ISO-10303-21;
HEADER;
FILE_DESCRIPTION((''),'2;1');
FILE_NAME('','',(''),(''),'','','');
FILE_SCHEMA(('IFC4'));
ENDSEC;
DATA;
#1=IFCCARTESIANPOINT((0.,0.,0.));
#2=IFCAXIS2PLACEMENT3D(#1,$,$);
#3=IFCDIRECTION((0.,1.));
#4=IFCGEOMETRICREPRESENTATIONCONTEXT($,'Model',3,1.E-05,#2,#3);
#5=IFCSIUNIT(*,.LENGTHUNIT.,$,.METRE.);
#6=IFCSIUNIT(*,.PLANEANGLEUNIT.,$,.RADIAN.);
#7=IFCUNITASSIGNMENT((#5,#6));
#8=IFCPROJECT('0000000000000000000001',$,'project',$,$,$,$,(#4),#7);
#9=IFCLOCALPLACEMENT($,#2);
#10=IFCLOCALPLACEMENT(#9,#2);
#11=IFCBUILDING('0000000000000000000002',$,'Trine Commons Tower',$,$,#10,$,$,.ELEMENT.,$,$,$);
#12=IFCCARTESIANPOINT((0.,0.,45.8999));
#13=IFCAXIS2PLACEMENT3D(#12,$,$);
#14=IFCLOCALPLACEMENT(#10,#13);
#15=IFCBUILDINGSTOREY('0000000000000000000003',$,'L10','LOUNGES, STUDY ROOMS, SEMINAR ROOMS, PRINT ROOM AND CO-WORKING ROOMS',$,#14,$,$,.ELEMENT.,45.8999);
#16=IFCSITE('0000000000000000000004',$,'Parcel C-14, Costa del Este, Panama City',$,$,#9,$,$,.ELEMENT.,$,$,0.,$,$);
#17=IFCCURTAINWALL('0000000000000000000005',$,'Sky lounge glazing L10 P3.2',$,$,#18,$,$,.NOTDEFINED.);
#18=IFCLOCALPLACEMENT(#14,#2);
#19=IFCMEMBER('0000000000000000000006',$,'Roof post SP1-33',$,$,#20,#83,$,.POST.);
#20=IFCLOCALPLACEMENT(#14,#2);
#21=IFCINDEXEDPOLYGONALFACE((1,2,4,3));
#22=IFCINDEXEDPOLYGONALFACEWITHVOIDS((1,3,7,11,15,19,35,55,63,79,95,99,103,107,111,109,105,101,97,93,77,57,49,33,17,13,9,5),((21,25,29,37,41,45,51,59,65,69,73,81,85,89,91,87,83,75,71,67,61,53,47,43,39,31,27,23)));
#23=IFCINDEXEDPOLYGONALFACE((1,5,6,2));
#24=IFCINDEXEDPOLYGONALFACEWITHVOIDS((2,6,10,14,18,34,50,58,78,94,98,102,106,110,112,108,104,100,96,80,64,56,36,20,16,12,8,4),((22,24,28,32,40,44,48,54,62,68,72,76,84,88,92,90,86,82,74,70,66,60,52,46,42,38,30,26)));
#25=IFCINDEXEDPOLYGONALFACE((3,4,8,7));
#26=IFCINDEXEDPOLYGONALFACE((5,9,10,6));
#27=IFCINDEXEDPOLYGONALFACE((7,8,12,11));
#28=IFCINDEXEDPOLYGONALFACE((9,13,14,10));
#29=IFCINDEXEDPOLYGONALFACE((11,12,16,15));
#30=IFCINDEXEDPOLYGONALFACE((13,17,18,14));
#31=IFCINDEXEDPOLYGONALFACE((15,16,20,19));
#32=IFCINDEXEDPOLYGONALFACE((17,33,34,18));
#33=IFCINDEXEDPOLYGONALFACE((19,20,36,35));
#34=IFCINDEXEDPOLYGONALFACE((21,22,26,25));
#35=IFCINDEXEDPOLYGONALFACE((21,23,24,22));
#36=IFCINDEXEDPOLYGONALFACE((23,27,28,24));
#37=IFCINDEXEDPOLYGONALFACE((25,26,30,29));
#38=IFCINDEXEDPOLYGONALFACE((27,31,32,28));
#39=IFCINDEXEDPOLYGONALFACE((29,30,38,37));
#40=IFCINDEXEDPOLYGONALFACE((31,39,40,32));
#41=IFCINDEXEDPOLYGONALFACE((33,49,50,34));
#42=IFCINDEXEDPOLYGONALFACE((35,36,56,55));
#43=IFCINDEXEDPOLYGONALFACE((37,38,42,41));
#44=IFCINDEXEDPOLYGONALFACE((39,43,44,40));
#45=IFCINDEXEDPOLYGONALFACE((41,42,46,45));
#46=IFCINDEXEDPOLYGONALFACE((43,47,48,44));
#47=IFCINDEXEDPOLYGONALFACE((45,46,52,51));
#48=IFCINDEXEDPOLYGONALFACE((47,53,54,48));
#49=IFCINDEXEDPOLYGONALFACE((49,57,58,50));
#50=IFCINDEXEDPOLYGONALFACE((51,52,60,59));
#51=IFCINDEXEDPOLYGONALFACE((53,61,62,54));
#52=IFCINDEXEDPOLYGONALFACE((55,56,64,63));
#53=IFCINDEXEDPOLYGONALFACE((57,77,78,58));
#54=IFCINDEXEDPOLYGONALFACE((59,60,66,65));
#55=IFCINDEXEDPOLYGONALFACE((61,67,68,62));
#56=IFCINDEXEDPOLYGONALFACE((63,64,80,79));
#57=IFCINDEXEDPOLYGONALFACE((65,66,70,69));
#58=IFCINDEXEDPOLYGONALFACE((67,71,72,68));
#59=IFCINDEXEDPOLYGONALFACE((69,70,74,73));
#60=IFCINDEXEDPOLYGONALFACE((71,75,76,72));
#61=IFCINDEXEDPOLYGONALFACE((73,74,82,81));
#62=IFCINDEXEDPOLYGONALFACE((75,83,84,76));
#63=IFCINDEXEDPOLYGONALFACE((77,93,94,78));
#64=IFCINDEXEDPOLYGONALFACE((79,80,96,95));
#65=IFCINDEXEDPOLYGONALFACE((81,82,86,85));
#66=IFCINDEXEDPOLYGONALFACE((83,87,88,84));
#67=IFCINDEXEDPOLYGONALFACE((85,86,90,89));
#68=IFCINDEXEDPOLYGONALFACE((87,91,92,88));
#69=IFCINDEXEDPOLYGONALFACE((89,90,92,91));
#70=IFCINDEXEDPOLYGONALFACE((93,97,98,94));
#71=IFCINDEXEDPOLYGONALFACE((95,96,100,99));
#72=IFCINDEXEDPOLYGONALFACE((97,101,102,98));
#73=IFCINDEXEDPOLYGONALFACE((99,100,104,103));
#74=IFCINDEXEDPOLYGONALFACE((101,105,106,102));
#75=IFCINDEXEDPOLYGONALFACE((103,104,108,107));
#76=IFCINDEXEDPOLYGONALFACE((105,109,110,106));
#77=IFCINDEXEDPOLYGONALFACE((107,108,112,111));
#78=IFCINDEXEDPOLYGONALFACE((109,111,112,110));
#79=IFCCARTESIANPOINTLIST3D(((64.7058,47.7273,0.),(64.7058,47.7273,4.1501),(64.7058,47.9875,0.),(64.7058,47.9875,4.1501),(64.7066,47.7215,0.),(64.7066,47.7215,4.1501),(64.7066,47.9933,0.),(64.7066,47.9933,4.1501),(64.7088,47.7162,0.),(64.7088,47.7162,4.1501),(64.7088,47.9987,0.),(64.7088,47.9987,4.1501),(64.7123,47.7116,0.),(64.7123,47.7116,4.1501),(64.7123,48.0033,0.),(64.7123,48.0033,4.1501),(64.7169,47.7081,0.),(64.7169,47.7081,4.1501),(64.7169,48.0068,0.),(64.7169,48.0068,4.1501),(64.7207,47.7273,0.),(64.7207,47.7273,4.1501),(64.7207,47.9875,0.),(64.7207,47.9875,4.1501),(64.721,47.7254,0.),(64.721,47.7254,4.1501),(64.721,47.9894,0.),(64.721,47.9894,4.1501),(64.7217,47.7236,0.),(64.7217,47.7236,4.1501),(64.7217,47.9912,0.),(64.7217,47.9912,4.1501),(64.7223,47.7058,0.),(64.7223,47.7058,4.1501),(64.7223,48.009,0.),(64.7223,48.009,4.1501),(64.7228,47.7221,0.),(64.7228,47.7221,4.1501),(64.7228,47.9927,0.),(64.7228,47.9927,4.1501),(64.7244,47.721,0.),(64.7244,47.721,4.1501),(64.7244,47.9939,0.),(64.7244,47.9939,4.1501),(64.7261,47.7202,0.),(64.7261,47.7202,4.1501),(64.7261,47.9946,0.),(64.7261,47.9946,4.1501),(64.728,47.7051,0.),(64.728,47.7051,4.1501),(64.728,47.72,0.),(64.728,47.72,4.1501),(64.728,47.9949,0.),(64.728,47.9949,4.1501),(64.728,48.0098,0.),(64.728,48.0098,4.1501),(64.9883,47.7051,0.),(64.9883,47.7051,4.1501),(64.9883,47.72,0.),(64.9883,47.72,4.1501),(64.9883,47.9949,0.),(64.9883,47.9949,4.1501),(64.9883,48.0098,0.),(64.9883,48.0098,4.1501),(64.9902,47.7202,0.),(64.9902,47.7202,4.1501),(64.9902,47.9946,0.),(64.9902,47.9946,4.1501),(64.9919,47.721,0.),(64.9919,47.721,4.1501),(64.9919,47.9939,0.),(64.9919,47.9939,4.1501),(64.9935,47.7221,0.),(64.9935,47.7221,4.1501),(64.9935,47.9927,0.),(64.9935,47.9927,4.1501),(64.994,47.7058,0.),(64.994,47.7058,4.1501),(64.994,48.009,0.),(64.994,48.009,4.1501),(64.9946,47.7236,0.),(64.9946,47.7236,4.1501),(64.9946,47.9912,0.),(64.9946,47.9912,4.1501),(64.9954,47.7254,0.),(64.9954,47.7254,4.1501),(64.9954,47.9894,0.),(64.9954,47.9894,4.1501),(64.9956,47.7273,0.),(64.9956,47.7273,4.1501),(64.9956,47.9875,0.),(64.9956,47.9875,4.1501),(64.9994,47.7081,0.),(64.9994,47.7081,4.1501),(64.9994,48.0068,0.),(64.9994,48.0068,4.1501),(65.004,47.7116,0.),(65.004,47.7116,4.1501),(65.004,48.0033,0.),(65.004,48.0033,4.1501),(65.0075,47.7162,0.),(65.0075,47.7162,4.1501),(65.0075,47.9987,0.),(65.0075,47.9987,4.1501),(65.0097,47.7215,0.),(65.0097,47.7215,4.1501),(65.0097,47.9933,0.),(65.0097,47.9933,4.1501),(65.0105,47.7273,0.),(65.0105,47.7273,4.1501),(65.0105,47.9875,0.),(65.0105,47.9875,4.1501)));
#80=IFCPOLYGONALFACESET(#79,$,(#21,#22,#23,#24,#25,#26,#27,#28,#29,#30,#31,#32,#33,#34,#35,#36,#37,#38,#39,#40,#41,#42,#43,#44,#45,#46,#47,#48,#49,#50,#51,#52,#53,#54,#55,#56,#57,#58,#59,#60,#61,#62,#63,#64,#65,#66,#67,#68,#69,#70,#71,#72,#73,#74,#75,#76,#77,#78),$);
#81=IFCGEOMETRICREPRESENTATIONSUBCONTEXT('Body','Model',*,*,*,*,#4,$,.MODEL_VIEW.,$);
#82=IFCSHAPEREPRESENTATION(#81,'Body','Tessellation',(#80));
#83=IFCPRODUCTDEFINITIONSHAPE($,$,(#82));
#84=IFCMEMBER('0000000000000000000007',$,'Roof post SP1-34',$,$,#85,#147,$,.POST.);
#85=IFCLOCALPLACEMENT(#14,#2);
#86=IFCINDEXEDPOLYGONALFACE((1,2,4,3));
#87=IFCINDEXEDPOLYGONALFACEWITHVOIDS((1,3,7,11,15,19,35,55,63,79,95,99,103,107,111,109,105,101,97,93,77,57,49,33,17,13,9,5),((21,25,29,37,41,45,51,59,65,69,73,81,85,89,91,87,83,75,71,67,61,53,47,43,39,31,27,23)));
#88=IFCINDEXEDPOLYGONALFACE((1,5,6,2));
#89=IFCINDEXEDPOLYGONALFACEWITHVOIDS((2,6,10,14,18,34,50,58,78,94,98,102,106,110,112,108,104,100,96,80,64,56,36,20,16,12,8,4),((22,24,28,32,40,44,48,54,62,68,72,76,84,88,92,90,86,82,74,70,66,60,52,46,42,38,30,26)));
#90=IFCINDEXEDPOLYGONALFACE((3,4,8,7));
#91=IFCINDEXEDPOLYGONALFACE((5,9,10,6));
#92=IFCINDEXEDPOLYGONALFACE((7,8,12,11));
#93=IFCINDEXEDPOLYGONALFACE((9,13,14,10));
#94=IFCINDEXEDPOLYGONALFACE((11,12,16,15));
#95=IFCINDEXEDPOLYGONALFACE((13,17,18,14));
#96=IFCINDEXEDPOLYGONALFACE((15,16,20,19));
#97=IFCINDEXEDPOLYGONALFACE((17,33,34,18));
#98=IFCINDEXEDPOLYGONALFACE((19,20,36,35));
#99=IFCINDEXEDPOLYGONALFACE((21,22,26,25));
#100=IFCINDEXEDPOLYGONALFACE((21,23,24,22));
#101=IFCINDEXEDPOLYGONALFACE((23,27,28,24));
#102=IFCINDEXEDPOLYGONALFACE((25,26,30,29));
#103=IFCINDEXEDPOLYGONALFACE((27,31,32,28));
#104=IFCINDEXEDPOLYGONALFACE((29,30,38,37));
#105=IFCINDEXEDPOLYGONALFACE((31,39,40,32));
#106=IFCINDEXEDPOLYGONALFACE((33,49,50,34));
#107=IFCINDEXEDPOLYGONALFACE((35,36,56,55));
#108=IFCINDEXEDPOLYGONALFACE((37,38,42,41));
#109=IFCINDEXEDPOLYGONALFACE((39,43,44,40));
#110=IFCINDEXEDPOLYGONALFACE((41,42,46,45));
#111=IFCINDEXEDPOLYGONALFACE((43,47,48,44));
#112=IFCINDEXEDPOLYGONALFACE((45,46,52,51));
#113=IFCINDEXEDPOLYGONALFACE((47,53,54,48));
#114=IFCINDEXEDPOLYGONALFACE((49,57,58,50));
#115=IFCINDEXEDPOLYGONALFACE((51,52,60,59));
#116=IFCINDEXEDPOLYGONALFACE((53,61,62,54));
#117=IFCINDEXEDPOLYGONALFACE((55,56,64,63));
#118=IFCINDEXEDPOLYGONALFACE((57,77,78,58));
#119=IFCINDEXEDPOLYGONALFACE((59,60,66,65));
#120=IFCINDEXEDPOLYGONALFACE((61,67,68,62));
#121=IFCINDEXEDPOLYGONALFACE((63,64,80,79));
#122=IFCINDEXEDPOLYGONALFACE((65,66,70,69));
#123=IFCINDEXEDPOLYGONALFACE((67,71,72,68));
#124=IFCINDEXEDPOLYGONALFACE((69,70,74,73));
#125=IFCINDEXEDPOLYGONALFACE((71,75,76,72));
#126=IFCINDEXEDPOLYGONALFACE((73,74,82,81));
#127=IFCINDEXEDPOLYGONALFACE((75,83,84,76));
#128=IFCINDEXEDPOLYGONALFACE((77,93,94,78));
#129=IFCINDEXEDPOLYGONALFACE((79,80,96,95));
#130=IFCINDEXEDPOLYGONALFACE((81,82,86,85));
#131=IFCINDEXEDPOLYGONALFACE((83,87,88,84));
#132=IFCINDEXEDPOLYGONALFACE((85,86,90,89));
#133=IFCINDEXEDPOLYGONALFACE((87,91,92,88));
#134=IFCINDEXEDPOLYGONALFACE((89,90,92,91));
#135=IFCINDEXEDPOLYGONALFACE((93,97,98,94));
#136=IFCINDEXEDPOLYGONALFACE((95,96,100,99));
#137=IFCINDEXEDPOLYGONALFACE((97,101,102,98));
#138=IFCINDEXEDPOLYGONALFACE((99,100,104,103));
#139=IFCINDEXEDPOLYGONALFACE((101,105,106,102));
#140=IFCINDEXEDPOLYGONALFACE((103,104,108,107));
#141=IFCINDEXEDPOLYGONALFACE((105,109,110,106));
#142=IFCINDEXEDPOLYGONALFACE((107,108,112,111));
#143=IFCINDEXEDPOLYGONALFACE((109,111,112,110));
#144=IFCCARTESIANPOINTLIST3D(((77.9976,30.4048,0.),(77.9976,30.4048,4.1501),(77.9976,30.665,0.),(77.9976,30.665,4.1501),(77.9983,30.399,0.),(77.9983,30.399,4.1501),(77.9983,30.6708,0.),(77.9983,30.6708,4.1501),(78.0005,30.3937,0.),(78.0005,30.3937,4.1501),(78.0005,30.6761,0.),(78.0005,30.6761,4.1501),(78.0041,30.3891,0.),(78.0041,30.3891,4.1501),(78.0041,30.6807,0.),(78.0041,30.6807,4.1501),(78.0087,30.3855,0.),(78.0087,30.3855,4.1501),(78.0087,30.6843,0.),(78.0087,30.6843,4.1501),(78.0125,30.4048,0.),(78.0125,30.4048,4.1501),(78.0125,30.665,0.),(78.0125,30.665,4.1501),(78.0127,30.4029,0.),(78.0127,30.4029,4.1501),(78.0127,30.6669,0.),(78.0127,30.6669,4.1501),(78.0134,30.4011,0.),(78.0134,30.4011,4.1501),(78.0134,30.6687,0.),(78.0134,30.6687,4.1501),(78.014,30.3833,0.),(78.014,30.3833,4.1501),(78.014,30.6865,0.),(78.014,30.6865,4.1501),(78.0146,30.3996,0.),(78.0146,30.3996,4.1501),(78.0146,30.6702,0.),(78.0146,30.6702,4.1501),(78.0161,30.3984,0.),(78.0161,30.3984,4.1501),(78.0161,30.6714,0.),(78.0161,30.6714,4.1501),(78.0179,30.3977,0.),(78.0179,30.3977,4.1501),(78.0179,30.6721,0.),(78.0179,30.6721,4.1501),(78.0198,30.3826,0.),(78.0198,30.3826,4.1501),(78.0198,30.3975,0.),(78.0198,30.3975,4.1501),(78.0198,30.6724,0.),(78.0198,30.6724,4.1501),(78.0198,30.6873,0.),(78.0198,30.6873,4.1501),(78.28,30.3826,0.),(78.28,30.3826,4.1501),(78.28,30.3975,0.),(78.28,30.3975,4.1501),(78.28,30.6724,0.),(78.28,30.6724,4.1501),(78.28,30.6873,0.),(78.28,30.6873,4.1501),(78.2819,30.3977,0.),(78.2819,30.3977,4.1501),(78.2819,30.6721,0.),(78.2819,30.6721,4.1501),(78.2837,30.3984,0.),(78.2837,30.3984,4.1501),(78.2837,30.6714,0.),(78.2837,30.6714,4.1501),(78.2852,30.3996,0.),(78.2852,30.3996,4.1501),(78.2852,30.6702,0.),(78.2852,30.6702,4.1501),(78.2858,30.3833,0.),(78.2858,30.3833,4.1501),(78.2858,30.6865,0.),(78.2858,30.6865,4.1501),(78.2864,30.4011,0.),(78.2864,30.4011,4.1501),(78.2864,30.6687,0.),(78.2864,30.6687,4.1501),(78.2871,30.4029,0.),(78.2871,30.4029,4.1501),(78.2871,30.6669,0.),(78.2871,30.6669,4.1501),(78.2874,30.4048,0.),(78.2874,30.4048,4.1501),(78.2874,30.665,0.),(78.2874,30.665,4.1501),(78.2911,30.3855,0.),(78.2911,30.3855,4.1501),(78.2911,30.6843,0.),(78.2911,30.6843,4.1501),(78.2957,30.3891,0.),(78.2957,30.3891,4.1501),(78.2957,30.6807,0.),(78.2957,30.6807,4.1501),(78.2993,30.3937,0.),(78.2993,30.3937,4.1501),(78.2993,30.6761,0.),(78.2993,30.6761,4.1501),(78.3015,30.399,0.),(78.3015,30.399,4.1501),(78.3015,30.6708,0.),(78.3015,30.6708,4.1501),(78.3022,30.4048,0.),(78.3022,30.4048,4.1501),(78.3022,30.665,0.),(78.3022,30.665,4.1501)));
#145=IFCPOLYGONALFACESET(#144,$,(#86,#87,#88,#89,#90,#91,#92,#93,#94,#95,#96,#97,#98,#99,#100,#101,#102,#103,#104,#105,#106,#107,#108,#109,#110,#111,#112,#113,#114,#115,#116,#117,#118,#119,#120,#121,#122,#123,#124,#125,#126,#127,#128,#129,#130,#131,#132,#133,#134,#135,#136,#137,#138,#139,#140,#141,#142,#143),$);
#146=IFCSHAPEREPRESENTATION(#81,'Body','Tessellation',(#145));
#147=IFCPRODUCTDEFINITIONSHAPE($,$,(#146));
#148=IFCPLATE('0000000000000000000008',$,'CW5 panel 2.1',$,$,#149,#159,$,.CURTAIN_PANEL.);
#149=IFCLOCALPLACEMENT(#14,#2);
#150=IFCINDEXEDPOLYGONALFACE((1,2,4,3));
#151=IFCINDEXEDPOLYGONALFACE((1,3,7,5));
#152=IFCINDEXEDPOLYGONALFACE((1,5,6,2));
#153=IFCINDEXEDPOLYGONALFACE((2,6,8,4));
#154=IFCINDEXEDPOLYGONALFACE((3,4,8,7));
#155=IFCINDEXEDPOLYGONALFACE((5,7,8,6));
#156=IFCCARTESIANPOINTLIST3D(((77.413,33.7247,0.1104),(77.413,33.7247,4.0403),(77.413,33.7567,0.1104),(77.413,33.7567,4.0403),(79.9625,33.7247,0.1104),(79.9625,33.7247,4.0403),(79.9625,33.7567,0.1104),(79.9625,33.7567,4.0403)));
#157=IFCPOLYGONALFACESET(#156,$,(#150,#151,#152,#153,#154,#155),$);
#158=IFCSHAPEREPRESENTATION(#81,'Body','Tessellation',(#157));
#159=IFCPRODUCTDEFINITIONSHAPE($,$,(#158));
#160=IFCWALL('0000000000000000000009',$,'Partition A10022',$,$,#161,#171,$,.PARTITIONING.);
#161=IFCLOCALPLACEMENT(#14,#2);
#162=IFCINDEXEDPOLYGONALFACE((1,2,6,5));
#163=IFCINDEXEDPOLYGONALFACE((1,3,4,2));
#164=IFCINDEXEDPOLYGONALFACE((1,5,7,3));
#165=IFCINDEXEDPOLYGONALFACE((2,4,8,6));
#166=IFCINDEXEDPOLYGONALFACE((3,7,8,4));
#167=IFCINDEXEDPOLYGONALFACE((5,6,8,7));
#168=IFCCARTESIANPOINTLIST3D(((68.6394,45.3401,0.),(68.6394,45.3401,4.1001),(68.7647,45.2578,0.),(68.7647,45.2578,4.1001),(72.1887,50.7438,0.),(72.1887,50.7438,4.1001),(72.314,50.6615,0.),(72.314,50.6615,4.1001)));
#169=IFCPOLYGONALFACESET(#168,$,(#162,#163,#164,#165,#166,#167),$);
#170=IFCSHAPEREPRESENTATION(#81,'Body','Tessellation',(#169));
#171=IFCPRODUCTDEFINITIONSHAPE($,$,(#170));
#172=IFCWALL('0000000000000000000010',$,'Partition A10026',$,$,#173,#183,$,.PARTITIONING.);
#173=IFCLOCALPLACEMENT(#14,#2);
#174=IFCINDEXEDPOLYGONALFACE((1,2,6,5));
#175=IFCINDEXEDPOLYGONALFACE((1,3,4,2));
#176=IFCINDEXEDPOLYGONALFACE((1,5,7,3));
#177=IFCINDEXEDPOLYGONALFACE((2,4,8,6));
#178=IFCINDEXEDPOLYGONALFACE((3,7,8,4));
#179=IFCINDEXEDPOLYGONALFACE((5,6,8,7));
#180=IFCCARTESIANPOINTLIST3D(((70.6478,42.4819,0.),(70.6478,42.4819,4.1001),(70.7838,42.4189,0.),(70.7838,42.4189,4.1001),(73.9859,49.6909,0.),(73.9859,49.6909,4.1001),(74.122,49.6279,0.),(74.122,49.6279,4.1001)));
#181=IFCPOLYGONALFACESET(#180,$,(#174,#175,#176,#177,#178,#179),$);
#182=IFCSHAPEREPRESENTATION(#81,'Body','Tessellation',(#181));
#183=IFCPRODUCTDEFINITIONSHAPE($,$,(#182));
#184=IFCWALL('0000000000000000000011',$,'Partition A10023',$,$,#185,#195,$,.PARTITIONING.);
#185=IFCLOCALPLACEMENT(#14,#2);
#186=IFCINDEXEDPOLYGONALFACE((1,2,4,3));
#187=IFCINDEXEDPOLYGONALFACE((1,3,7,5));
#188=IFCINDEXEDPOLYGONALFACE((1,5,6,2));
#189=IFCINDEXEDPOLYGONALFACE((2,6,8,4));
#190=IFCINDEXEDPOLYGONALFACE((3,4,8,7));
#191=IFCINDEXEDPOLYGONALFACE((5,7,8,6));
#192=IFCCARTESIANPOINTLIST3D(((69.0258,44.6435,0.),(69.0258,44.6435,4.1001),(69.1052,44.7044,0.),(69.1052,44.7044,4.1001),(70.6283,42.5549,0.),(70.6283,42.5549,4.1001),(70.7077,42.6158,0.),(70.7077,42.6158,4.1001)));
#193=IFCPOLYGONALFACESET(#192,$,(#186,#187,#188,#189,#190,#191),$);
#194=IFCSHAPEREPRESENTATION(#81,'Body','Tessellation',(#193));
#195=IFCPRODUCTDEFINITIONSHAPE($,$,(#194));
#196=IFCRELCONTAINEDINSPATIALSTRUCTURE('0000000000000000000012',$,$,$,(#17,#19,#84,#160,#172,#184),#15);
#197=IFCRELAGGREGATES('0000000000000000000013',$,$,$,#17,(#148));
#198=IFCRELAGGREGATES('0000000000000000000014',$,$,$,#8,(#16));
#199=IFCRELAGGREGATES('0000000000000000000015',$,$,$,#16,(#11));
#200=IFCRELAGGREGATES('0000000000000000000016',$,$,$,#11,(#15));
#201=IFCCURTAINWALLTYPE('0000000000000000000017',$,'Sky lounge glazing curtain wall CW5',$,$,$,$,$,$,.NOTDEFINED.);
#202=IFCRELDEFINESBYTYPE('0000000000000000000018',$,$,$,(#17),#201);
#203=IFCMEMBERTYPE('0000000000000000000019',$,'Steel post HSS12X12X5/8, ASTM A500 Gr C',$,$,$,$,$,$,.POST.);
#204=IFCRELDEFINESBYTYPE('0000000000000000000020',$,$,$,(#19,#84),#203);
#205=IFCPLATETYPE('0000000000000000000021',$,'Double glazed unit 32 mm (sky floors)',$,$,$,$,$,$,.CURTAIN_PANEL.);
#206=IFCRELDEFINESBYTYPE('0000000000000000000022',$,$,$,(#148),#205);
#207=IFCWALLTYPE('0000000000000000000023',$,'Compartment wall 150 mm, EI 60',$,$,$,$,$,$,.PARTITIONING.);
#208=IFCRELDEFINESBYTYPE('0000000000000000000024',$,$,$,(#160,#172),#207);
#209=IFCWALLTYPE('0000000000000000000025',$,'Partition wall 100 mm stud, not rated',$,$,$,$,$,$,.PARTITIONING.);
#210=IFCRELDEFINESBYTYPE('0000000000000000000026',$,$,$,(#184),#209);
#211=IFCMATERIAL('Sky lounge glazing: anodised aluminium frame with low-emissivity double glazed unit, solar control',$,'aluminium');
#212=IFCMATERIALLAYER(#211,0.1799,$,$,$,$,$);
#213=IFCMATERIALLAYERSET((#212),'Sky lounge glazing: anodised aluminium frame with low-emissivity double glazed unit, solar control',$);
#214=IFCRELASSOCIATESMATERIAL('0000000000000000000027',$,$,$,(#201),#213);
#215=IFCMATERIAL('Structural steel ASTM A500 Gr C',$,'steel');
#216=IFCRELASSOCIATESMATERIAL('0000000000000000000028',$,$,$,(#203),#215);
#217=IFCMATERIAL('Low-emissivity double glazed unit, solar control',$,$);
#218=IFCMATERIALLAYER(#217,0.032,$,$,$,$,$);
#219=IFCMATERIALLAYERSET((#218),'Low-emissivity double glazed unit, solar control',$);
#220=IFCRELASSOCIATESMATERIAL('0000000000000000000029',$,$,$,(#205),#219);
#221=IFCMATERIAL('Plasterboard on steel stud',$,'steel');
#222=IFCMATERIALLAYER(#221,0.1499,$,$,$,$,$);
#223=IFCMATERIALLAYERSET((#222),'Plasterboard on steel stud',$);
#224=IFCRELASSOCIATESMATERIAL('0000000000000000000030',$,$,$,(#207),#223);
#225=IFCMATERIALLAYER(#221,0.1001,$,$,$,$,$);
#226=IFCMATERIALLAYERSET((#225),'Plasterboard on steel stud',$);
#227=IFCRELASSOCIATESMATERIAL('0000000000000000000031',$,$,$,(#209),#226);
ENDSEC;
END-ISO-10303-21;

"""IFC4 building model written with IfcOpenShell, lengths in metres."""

from ifc_helpers import new_model, si_unit, direction, frame, frame_2d, origin, origin_2d, place, context, subcontext, project, spatial, rectangle, hollow_rectangle, extrude, material, layer, layer_set, material_profile, profile_set, type_object, element, aggregate, save


model = new_model("IFC4")

# Units and contexts
model_context = context("Model", 3, precision=1e-05, world=origin(), true_north=direction((0.0, 1.0)))
body_context = subcontext(model_context, "Body", "Model", "MODEL_VIEW")
ifc_project = project(units=[si_unit("LENGTHUNIT", "METRE"), si_unit("PLANEANGLEUNIT", "RADIAN")], contexts=[model_context])

# Site, building, storey
site_placement = place(None, origin())
site = spatial("IfcSite", under=ifc_project, at=site_placement, Name="Parcel C-14, Costa del Este, Panama City", CompositionType="ELEMENT", RefElevation=0.0)
building_placement = place(site_placement, origin())
building = spatial("IfcBuilding", under=site, at=building_placement, Name="Trine Commons Tower", CompositionType="ELEMENT")
storey_placement = place(building_placement, frame((0.0, 0.0, 45.8999)))
storey = spatial("IfcBuildingStorey", under=building, at=storey_placement, Name="L10", Description="LOUNGES, STUDY ROOMS, SEMINAR ROOMS, PRINT ROOM AND CO-WORKING ROOMS", CompositionType="ELEMENT", Elevation=45.8999)

# Curtain wall
ifc_material_1 = material(Name="Sky lounge glazing: anodised aluminium frame with low-emissivity double glazed unit, solar control", Category="aluminium")
ifc_layer_1 = layer(ifc_material_1, 0.1799)
ifc_layer_set_1 = layer_set([ifc_layer_1], Name="Sky lounge glazing: anodised aluminium frame with low-emissivity double glazed unit, solar control")
curtain_wall_type = type_object("IfcCurtainWallType", Name="Sky lounge glazing curtain wall CW5", PredefinedType="NOTDEFINED", material=ifc_layer_set_1)
curtain_wall_placement = place(storey_placement, origin())
curtain_wall = element("IfcCurtainWall", 1, at=curtain_wall_placement, inside=storey, type_object=curtain_wall_type, Name="Sky lounge glazing L10 P3.2", PredefinedType="NOTDEFINED")

# Members
ifc_material_2 = material(Name="Structural steel ASTM A500 Gr C", Category="steel")
ifc_material_profile_1 = material_profile(ifc_material_2, hollow_rectangle(XDim=0.3047, YDim=0.3047, WallThickness=0.0149, InnerFilletRadius=0.0073, OuterFilletRadius=0.0222, at=origin_2d()), Name="HSS12X12X5/8")
ifc_profile_set_1 = profile_set([ifc_material_profile_1], Name="Structural steel ASTM A500 Gr C")
member_type_1 = type_object("IfcMemberType", Name="Steel post HSS12X12X5/8, ASTM A500 Gr C", PredefinedType="POST", material=ifc_profile_set_1)
for number, where, z_axis, x_axis, name in (
    (2, (64.8582, 47.8574, 0.0), (0.0, 0.0, 1.0), (1.0, 0.0, 0.0), "Roof post SP1-33"),
    (3, (78.1499, 30.5349, 0.0), (0.0, 0.0, 1.0), (1.0, 0.0, 0.0), "Roof post SP1-34"),
):
    element("IfcMember", number, at=place(storey_placement, frame(where, z_axis=z_axis, x_axis=x_axis)), inside=storey, type_object=member_type_1, Name=name, PredefinedType="POST", context=body_context, shape_type="SweptSolid", body=[
        extrude(hollow_rectangle(XDim=0.3047, YDim=0.3047, WallThickness=0.0149, InnerFilletRadius=0.0073, OuterFilletRadius=0.0222, at=origin_2d()), origin(), (0.0, 0.0, 1.0), 4.1501),
    ])

# Plate
ifc_material_3 = material(Name="Low-emissivity double glazed unit, solar control")
ifc_layer_2 = layer(ifc_material_3, 0.032)
ifc_layer_set_2 = layer_set([ifc_layer_2], Name="Low-emissivity double glazed unit, solar control")
plate_type = type_object("IfcPlateType", Name="Double glazed unit 32 mm (sky floors)", PredefinedType="CURTAIN_PANEL", material=ifc_layer_set_2)
plate_placement = place(storey_placement, frame((78.6877, 33.7407, 0.1104), z_axis=(0.0, 0.0, 1.0), x_axis=(-1.0, 0.0, 0.0)))
plate = element("IfcPlate", 4, at=plate_placement, type_object=plate_type, Name="CW5 panel 2.1", PredefinedType="CURTAIN_PANEL", context=body_context, shape_type="SweptSolid", body=[
    extrude(rectangle(XDim=2.5496, YDim=0.032, at=origin_2d()), origin(), (0.0, 0.0, 1.0), 3.9299),
])
aggregate(curtain_wall, [plate])

# Walls
ifc_material_4 = material(Name="Plasterboard on steel stud", Category="steel")
ifc_layer_3 = layer(ifc_material_4, 0.1499)
ifc_layer_set_3 = layer_set([ifc_layer_3], Name="Plasterboard on steel stud")
wall_type_1 = type_object("IfcWallType", Name="Compartment wall 150 mm, EI 60", PredefinedType="PARTITIONING", material=ifc_layer_set_3)
wall_1_placement = place(storey_placement, frame((68.7021, 45.2991, 0.0), z_axis=(0.0, 0.0, 1.0), x_axis=(0.548988, 0.83583, 0.0)))
element("IfcWall", 5, at=wall_1_placement, inside=storey, type_object=wall_type_1, Name="Partition A10022", PredefinedType="PARTITIONING", context=body_context, shape_type="SweptSolid", body=[
    extrude(rectangle(XDim=6.4651, YDim=0.1499, at=frame_2d((3.2324, 0.0))), origin(), (0.0, 0.0, 1.0), 4.1001),
])
wall_2_placement = place(storey_placement, frame((70.7158, 42.4504, 0.0), z_axis=(0.0, 0.0, 1.0), x_axis=(0.42019, 0.907436, 0.0)))
element("IfcWall", 6, at=wall_2_placement, inside=storey, type_object=wall_type_1, Name="Partition A10026", PredefinedType="PARTITIONING", context=body_context, shape_type="SweptSolid", body=[
    extrude(rectangle(XDim=7.9443, YDim=0.1499, at=frame_2d((3.9722, 0.0))), origin(), (0.0, 0.0, 1.0), 4.1001),
])
ifc_layer_4 = layer(ifc_material_4, 0.1001)
ifc_layer_set_4 = layer_set([ifc_layer_4], Name="Plasterboard on steel stud")
wall_type_2 = type_object("IfcWallType", Name="Partition wall 100 mm stud, not rated", PredefinedType="PARTITIONING", material=ifc_layer_set_4)
wall_3_placement = place(storey_placement, frame((69.0654, 44.6741, 0.0), z_axis=(0.0, 0.0, 1.0), x_axis=(0.608733, -0.793375, 0.0)))
element("IfcWall", 7, at=wall_3_placement, inside=storey, type_object=wall_type_2, Name="Partition A10023", PredefinedType="PARTITIONING", context=body_context, shape_type="SweptSolid", body=[
    extrude(rectangle(XDim=2.6326, YDim=0.1001, at=frame_2d((1.3164, 0.0))), origin(), (0.0, 0.0, 1.0), 4.1001),
])

save(model, "model.ifc")
